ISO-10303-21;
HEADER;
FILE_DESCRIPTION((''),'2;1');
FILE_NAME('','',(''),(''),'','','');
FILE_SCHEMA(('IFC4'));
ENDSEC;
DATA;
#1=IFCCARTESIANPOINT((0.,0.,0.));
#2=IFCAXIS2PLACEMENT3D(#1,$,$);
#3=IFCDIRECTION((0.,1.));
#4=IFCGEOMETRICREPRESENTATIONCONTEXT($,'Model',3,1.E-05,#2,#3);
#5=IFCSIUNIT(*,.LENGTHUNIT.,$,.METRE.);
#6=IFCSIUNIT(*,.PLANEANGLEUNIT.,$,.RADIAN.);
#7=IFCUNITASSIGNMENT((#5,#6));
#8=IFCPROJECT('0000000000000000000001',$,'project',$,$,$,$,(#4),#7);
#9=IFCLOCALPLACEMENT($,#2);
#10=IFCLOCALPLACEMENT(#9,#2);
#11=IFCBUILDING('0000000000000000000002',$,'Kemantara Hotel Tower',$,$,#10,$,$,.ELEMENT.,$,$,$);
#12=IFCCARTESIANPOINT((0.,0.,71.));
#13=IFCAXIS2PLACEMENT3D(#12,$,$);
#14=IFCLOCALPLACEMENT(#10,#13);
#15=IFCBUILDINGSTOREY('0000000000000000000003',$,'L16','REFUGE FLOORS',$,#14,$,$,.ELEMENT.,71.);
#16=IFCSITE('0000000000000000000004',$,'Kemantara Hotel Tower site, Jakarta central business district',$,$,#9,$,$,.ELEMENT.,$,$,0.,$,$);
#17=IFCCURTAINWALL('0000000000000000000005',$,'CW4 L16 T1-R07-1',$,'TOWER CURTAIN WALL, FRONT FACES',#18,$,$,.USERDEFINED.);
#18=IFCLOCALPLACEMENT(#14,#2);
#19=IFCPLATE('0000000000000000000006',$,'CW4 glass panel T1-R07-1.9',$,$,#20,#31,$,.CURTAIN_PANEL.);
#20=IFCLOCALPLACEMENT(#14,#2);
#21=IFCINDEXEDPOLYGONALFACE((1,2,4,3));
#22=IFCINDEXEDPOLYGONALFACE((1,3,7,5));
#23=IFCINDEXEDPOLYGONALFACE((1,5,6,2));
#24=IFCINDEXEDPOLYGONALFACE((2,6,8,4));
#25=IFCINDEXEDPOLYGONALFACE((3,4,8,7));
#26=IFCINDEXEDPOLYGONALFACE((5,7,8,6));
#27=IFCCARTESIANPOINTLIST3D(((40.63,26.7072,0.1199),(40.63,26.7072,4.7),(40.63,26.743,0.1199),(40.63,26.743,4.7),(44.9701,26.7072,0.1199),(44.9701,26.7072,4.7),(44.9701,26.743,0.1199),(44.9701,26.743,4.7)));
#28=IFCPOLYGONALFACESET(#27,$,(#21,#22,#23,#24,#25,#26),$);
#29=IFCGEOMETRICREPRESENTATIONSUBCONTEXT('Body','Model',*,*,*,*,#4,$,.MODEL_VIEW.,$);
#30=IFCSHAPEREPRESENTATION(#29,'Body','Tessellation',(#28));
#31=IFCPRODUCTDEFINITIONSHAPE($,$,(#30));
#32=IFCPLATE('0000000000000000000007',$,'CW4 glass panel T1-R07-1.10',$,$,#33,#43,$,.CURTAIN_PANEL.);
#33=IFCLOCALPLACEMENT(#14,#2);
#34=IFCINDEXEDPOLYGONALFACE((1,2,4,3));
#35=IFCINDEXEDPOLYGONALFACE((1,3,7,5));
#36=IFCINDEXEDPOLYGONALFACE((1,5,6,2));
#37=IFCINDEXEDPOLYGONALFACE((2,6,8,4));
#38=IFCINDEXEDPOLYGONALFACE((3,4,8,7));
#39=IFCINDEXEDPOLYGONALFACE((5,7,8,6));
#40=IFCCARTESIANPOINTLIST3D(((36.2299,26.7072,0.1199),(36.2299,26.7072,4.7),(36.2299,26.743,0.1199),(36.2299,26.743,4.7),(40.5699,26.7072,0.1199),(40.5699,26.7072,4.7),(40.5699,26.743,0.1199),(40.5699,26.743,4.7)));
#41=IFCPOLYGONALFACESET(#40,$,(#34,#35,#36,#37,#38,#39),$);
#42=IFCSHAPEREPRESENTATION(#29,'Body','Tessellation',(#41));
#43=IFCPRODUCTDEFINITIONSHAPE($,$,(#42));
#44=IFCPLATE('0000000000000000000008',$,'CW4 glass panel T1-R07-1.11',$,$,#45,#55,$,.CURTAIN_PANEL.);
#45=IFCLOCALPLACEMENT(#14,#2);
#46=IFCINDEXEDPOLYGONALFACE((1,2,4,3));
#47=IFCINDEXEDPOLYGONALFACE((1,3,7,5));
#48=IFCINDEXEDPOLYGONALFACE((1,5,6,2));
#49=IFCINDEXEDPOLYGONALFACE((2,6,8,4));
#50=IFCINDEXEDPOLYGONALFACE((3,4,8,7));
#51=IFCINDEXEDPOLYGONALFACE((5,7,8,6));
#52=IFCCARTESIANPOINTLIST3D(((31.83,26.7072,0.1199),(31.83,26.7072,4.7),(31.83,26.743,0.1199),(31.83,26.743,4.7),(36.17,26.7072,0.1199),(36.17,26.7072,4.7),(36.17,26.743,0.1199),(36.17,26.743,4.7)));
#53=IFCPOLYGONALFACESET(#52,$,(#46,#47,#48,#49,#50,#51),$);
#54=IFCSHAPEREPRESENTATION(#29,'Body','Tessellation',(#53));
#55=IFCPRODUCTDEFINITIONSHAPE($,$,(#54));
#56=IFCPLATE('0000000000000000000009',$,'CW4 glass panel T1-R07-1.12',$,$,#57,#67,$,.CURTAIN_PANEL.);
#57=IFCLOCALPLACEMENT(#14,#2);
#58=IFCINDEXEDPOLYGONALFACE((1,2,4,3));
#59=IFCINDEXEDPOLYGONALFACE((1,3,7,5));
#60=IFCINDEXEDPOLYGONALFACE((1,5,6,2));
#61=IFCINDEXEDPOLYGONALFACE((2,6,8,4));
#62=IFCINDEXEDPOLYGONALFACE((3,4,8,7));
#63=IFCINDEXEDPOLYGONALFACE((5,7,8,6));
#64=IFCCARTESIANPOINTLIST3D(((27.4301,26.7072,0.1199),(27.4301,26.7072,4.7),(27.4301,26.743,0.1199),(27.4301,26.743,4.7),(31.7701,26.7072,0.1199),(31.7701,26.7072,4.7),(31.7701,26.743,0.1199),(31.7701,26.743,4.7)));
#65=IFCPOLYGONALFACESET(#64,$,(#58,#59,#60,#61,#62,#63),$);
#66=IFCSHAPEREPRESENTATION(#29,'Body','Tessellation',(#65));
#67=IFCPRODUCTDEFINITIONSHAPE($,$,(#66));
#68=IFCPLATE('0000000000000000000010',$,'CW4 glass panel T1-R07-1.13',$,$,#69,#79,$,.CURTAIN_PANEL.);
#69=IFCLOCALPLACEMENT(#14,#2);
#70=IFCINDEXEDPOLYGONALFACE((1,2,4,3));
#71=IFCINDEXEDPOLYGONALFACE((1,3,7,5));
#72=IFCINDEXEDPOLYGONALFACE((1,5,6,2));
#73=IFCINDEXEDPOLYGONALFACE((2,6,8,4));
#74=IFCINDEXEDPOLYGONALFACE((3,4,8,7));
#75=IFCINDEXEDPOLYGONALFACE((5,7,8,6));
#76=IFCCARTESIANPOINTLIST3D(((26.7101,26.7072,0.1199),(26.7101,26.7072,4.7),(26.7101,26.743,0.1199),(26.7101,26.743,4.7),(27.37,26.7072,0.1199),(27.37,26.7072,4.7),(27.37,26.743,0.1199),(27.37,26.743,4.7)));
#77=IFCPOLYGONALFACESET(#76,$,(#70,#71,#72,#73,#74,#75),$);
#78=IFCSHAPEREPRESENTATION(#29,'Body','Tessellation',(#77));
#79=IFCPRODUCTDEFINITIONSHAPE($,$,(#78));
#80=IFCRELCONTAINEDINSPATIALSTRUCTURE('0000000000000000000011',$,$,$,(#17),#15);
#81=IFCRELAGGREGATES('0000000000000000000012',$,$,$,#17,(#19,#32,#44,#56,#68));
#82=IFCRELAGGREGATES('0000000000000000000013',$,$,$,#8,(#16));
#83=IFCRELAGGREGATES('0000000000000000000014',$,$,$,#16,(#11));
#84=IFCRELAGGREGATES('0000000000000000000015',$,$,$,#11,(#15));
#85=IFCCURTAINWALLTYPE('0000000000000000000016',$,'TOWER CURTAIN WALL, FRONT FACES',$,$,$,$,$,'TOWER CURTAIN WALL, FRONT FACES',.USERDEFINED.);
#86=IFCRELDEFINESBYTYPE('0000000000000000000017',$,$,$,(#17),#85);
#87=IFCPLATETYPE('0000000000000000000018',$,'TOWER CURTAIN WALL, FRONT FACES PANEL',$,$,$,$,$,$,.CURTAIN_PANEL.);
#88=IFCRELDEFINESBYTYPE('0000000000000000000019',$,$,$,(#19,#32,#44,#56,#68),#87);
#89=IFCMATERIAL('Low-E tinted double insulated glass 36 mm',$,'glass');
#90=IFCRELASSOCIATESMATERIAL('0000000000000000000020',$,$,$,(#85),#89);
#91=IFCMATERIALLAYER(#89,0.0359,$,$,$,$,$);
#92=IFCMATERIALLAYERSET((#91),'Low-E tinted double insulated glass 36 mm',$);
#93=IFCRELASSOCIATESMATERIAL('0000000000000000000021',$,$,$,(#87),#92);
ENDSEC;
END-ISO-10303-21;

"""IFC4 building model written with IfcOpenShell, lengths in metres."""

from ifc_helpers import new_model, si_unit, direction, frame, origin, origin_2d, place, context, subcontext, project, spatial, rectangle, extrude, source, transform, mapped, material, layer, layer_set, type_object, element, aggregate, save


model = new_model("IFC4")

# Units and contexts
model_context = context("Model", 3, precision=1e-05, world=origin(), true_north=direction((0.0, 1.0)))
body_context = subcontext(model_context, "Body", "Model", "MODEL_VIEW")
ifc_project = project(units=[si_unit("LENGTHUNIT", "METRE"), si_unit("PLANEANGLEUNIT", "RADIAN")], contexts=[model_context])

# Site, building, storey
site_placement = place(None, origin())
site = spatial("IfcSite", under=ifc_project, at=site_placement, Name="Kemantara Hotel Tower site, Jakarta central business district", CompositionType="ELEMENT", RefElevation=0.0)
building_placement = place(site_placement, origin())
building = spatial("IfcBuilding", under=site, at=building_placement, Name="Kemantara Hotel Tower", CompositionType="ELEMENT")
storey_placement = place(building_placement, frame((0.0, 0.0, 71.0)))
storey = spatial("IfcBuildingStorey", under=building, at=storey_placement, Name="L16", Description="REFUGE FLOORS", CompositionType="ELEMENT", Elevation=71.0)

# Curtain wall, plates
ifc_material_1 = material(Name="Low-E tinted double insulated glass 36 mm", Category="glass")
curtain_wall_type = type_object("IfcCurtainWallType", Name="TOWER CURTAIN WALL, FRONT FACES", ElementType="TOWER CURTAIN WALL, FRONT FACES", PredefinedType="USERDEFINED", material=ifc_material_1)
curtain_wall_placement = place(storey_placement, origin())
curtain_wall = element("IfcCurtainWall", 1, at=curtain_wall_placement, inside=storey, type_object=curtain_wall_type, Name="CW4 L16 T1-R07-1", ObjectType="TOWER CURTAIN WALL, FRONT FACES", PredefinedType="USERDEFINED")
ifc_layer = layer(ifc_material_1, 0.0359)
ifc_layer_set = layer_set([ifc_layer], Name="Low-E tinted double insulated glass 36 mm")
plate_type = type_object("IfcPlateType", Name="TOWER CURTAIN WALL, FRONT FACES PANEL", PredefinedType="CURTAIN_PANEL", material=ifc_layer_set)
shared_shape_1 = source(origin(), body_context, "Body", "SweptSolid", [
    extrude(rectangle(XDim=4.3401, YDim=0.0359, at=origin_2d()), origin(), (0.0, 0.0, 1.0), 4.5801),
])
plate_1_placement = place(storey_placement, frame((42.8, 26.7251, 0.1199), z_axis=(0.0, 0.0, 1.0), x_axis=(-1.0, 0.0, 0.0)))
plate_1 = element("IfcPlate", 2, at=plate_1_placement, type_object=plate_type, Name="CW4 glass panel T1-R07-1.9", PredefinedType="CURTAIN_PANEL", context=body_context, shape_type="MappedRepresentation", body=[
    mapped(shared_shape_1, transform((0.0, 0.0, 0.0))),
])
plate_2_placement = place(storey_placement, frame((38.3999, 26.7251, 0.1199), z_axis=(0.0, 0.0, 1.0), x_axis=(-1.0, 0.0, 0.0)))
plate_2 = element("IfcPlate", 3, at=plate_2_placement, type_object=plate_type, Name="CW4 glass panel T1-R07-1.10", PredefinedType="CURTAIN_PANEL", context=body_context, shape_type="MappedRepresentation", body=[
    mapped(shared_shape_1, transform((0.0, 0.0, 0.0))),
])
plate_3_placement = place(storey_placement, frame((34.0, 26.7251, 0.1199), z_axis=(0.0, 0.0, 1.0), x_axis=(-1.0, 0.0, 0.0)))
plate_3 = element("IfcPlate", 4, at=plate_3_placement, type_object=plate_type, Name="CW4 glass panel T1-R07-1.11", PredefinedType="CURTAIN_PANEL", context=body_context, shape_type="MappedRepresentation", body=[
    mapped(shared_shape_1, transform((0.0, 0.0, 0.0))),
])
plate_4_placement = place(storey_placement, frame((29.6001, 26.7251, 0.1199), z_axis=(0.0, 0.0, 1.0), x_axis=(-1.0, 0.0, 0.0)))
plate_4 = element("IfcPlate", 5, at=plate_4_placement, type_object=plate_type, Name="CW4 glass panel T1-R07-1.12", PredefinedType="CURTAIN_PANEL", context=body_context, shape_type="MappedRepresentation", body=[
    mapped(shared_shape_1, transform((0.0, 0.0, 0.0))),
])
shared_shape_2 = source(origin(), body_context, "Body", "SweptSolid", [
    extrude(rectangle(XDim=0.6599, YDim=0.0359, at=origin_2d()), origin(), (0.0, 0.0, 1.0), 4.5801),
])
plate_5_placement = place(storey_placement, frame((27.04, 26.7251, 0.1199), z_axis=(0.0, 0.0, 1.0), x_axis=(-1.0, 0.0, 0.0)))
plate_5 = element("IfcPlate", 6, at=plate_5_placement, type_object=plate_type, Name="CW4 glass panel T1-R07-1.13", PredefinedType="CURTAIN_PANEL", context=body_context, shape_type="MappedRepresentation", body=[
    mapped(shared_shape_2, transform((0.0, 0.0, 0.0))),
])
aggregate(curtain_wall, [plate_1, plate_2, plate_3, plate_4, plate_5])

save(model, "model.ifc")
